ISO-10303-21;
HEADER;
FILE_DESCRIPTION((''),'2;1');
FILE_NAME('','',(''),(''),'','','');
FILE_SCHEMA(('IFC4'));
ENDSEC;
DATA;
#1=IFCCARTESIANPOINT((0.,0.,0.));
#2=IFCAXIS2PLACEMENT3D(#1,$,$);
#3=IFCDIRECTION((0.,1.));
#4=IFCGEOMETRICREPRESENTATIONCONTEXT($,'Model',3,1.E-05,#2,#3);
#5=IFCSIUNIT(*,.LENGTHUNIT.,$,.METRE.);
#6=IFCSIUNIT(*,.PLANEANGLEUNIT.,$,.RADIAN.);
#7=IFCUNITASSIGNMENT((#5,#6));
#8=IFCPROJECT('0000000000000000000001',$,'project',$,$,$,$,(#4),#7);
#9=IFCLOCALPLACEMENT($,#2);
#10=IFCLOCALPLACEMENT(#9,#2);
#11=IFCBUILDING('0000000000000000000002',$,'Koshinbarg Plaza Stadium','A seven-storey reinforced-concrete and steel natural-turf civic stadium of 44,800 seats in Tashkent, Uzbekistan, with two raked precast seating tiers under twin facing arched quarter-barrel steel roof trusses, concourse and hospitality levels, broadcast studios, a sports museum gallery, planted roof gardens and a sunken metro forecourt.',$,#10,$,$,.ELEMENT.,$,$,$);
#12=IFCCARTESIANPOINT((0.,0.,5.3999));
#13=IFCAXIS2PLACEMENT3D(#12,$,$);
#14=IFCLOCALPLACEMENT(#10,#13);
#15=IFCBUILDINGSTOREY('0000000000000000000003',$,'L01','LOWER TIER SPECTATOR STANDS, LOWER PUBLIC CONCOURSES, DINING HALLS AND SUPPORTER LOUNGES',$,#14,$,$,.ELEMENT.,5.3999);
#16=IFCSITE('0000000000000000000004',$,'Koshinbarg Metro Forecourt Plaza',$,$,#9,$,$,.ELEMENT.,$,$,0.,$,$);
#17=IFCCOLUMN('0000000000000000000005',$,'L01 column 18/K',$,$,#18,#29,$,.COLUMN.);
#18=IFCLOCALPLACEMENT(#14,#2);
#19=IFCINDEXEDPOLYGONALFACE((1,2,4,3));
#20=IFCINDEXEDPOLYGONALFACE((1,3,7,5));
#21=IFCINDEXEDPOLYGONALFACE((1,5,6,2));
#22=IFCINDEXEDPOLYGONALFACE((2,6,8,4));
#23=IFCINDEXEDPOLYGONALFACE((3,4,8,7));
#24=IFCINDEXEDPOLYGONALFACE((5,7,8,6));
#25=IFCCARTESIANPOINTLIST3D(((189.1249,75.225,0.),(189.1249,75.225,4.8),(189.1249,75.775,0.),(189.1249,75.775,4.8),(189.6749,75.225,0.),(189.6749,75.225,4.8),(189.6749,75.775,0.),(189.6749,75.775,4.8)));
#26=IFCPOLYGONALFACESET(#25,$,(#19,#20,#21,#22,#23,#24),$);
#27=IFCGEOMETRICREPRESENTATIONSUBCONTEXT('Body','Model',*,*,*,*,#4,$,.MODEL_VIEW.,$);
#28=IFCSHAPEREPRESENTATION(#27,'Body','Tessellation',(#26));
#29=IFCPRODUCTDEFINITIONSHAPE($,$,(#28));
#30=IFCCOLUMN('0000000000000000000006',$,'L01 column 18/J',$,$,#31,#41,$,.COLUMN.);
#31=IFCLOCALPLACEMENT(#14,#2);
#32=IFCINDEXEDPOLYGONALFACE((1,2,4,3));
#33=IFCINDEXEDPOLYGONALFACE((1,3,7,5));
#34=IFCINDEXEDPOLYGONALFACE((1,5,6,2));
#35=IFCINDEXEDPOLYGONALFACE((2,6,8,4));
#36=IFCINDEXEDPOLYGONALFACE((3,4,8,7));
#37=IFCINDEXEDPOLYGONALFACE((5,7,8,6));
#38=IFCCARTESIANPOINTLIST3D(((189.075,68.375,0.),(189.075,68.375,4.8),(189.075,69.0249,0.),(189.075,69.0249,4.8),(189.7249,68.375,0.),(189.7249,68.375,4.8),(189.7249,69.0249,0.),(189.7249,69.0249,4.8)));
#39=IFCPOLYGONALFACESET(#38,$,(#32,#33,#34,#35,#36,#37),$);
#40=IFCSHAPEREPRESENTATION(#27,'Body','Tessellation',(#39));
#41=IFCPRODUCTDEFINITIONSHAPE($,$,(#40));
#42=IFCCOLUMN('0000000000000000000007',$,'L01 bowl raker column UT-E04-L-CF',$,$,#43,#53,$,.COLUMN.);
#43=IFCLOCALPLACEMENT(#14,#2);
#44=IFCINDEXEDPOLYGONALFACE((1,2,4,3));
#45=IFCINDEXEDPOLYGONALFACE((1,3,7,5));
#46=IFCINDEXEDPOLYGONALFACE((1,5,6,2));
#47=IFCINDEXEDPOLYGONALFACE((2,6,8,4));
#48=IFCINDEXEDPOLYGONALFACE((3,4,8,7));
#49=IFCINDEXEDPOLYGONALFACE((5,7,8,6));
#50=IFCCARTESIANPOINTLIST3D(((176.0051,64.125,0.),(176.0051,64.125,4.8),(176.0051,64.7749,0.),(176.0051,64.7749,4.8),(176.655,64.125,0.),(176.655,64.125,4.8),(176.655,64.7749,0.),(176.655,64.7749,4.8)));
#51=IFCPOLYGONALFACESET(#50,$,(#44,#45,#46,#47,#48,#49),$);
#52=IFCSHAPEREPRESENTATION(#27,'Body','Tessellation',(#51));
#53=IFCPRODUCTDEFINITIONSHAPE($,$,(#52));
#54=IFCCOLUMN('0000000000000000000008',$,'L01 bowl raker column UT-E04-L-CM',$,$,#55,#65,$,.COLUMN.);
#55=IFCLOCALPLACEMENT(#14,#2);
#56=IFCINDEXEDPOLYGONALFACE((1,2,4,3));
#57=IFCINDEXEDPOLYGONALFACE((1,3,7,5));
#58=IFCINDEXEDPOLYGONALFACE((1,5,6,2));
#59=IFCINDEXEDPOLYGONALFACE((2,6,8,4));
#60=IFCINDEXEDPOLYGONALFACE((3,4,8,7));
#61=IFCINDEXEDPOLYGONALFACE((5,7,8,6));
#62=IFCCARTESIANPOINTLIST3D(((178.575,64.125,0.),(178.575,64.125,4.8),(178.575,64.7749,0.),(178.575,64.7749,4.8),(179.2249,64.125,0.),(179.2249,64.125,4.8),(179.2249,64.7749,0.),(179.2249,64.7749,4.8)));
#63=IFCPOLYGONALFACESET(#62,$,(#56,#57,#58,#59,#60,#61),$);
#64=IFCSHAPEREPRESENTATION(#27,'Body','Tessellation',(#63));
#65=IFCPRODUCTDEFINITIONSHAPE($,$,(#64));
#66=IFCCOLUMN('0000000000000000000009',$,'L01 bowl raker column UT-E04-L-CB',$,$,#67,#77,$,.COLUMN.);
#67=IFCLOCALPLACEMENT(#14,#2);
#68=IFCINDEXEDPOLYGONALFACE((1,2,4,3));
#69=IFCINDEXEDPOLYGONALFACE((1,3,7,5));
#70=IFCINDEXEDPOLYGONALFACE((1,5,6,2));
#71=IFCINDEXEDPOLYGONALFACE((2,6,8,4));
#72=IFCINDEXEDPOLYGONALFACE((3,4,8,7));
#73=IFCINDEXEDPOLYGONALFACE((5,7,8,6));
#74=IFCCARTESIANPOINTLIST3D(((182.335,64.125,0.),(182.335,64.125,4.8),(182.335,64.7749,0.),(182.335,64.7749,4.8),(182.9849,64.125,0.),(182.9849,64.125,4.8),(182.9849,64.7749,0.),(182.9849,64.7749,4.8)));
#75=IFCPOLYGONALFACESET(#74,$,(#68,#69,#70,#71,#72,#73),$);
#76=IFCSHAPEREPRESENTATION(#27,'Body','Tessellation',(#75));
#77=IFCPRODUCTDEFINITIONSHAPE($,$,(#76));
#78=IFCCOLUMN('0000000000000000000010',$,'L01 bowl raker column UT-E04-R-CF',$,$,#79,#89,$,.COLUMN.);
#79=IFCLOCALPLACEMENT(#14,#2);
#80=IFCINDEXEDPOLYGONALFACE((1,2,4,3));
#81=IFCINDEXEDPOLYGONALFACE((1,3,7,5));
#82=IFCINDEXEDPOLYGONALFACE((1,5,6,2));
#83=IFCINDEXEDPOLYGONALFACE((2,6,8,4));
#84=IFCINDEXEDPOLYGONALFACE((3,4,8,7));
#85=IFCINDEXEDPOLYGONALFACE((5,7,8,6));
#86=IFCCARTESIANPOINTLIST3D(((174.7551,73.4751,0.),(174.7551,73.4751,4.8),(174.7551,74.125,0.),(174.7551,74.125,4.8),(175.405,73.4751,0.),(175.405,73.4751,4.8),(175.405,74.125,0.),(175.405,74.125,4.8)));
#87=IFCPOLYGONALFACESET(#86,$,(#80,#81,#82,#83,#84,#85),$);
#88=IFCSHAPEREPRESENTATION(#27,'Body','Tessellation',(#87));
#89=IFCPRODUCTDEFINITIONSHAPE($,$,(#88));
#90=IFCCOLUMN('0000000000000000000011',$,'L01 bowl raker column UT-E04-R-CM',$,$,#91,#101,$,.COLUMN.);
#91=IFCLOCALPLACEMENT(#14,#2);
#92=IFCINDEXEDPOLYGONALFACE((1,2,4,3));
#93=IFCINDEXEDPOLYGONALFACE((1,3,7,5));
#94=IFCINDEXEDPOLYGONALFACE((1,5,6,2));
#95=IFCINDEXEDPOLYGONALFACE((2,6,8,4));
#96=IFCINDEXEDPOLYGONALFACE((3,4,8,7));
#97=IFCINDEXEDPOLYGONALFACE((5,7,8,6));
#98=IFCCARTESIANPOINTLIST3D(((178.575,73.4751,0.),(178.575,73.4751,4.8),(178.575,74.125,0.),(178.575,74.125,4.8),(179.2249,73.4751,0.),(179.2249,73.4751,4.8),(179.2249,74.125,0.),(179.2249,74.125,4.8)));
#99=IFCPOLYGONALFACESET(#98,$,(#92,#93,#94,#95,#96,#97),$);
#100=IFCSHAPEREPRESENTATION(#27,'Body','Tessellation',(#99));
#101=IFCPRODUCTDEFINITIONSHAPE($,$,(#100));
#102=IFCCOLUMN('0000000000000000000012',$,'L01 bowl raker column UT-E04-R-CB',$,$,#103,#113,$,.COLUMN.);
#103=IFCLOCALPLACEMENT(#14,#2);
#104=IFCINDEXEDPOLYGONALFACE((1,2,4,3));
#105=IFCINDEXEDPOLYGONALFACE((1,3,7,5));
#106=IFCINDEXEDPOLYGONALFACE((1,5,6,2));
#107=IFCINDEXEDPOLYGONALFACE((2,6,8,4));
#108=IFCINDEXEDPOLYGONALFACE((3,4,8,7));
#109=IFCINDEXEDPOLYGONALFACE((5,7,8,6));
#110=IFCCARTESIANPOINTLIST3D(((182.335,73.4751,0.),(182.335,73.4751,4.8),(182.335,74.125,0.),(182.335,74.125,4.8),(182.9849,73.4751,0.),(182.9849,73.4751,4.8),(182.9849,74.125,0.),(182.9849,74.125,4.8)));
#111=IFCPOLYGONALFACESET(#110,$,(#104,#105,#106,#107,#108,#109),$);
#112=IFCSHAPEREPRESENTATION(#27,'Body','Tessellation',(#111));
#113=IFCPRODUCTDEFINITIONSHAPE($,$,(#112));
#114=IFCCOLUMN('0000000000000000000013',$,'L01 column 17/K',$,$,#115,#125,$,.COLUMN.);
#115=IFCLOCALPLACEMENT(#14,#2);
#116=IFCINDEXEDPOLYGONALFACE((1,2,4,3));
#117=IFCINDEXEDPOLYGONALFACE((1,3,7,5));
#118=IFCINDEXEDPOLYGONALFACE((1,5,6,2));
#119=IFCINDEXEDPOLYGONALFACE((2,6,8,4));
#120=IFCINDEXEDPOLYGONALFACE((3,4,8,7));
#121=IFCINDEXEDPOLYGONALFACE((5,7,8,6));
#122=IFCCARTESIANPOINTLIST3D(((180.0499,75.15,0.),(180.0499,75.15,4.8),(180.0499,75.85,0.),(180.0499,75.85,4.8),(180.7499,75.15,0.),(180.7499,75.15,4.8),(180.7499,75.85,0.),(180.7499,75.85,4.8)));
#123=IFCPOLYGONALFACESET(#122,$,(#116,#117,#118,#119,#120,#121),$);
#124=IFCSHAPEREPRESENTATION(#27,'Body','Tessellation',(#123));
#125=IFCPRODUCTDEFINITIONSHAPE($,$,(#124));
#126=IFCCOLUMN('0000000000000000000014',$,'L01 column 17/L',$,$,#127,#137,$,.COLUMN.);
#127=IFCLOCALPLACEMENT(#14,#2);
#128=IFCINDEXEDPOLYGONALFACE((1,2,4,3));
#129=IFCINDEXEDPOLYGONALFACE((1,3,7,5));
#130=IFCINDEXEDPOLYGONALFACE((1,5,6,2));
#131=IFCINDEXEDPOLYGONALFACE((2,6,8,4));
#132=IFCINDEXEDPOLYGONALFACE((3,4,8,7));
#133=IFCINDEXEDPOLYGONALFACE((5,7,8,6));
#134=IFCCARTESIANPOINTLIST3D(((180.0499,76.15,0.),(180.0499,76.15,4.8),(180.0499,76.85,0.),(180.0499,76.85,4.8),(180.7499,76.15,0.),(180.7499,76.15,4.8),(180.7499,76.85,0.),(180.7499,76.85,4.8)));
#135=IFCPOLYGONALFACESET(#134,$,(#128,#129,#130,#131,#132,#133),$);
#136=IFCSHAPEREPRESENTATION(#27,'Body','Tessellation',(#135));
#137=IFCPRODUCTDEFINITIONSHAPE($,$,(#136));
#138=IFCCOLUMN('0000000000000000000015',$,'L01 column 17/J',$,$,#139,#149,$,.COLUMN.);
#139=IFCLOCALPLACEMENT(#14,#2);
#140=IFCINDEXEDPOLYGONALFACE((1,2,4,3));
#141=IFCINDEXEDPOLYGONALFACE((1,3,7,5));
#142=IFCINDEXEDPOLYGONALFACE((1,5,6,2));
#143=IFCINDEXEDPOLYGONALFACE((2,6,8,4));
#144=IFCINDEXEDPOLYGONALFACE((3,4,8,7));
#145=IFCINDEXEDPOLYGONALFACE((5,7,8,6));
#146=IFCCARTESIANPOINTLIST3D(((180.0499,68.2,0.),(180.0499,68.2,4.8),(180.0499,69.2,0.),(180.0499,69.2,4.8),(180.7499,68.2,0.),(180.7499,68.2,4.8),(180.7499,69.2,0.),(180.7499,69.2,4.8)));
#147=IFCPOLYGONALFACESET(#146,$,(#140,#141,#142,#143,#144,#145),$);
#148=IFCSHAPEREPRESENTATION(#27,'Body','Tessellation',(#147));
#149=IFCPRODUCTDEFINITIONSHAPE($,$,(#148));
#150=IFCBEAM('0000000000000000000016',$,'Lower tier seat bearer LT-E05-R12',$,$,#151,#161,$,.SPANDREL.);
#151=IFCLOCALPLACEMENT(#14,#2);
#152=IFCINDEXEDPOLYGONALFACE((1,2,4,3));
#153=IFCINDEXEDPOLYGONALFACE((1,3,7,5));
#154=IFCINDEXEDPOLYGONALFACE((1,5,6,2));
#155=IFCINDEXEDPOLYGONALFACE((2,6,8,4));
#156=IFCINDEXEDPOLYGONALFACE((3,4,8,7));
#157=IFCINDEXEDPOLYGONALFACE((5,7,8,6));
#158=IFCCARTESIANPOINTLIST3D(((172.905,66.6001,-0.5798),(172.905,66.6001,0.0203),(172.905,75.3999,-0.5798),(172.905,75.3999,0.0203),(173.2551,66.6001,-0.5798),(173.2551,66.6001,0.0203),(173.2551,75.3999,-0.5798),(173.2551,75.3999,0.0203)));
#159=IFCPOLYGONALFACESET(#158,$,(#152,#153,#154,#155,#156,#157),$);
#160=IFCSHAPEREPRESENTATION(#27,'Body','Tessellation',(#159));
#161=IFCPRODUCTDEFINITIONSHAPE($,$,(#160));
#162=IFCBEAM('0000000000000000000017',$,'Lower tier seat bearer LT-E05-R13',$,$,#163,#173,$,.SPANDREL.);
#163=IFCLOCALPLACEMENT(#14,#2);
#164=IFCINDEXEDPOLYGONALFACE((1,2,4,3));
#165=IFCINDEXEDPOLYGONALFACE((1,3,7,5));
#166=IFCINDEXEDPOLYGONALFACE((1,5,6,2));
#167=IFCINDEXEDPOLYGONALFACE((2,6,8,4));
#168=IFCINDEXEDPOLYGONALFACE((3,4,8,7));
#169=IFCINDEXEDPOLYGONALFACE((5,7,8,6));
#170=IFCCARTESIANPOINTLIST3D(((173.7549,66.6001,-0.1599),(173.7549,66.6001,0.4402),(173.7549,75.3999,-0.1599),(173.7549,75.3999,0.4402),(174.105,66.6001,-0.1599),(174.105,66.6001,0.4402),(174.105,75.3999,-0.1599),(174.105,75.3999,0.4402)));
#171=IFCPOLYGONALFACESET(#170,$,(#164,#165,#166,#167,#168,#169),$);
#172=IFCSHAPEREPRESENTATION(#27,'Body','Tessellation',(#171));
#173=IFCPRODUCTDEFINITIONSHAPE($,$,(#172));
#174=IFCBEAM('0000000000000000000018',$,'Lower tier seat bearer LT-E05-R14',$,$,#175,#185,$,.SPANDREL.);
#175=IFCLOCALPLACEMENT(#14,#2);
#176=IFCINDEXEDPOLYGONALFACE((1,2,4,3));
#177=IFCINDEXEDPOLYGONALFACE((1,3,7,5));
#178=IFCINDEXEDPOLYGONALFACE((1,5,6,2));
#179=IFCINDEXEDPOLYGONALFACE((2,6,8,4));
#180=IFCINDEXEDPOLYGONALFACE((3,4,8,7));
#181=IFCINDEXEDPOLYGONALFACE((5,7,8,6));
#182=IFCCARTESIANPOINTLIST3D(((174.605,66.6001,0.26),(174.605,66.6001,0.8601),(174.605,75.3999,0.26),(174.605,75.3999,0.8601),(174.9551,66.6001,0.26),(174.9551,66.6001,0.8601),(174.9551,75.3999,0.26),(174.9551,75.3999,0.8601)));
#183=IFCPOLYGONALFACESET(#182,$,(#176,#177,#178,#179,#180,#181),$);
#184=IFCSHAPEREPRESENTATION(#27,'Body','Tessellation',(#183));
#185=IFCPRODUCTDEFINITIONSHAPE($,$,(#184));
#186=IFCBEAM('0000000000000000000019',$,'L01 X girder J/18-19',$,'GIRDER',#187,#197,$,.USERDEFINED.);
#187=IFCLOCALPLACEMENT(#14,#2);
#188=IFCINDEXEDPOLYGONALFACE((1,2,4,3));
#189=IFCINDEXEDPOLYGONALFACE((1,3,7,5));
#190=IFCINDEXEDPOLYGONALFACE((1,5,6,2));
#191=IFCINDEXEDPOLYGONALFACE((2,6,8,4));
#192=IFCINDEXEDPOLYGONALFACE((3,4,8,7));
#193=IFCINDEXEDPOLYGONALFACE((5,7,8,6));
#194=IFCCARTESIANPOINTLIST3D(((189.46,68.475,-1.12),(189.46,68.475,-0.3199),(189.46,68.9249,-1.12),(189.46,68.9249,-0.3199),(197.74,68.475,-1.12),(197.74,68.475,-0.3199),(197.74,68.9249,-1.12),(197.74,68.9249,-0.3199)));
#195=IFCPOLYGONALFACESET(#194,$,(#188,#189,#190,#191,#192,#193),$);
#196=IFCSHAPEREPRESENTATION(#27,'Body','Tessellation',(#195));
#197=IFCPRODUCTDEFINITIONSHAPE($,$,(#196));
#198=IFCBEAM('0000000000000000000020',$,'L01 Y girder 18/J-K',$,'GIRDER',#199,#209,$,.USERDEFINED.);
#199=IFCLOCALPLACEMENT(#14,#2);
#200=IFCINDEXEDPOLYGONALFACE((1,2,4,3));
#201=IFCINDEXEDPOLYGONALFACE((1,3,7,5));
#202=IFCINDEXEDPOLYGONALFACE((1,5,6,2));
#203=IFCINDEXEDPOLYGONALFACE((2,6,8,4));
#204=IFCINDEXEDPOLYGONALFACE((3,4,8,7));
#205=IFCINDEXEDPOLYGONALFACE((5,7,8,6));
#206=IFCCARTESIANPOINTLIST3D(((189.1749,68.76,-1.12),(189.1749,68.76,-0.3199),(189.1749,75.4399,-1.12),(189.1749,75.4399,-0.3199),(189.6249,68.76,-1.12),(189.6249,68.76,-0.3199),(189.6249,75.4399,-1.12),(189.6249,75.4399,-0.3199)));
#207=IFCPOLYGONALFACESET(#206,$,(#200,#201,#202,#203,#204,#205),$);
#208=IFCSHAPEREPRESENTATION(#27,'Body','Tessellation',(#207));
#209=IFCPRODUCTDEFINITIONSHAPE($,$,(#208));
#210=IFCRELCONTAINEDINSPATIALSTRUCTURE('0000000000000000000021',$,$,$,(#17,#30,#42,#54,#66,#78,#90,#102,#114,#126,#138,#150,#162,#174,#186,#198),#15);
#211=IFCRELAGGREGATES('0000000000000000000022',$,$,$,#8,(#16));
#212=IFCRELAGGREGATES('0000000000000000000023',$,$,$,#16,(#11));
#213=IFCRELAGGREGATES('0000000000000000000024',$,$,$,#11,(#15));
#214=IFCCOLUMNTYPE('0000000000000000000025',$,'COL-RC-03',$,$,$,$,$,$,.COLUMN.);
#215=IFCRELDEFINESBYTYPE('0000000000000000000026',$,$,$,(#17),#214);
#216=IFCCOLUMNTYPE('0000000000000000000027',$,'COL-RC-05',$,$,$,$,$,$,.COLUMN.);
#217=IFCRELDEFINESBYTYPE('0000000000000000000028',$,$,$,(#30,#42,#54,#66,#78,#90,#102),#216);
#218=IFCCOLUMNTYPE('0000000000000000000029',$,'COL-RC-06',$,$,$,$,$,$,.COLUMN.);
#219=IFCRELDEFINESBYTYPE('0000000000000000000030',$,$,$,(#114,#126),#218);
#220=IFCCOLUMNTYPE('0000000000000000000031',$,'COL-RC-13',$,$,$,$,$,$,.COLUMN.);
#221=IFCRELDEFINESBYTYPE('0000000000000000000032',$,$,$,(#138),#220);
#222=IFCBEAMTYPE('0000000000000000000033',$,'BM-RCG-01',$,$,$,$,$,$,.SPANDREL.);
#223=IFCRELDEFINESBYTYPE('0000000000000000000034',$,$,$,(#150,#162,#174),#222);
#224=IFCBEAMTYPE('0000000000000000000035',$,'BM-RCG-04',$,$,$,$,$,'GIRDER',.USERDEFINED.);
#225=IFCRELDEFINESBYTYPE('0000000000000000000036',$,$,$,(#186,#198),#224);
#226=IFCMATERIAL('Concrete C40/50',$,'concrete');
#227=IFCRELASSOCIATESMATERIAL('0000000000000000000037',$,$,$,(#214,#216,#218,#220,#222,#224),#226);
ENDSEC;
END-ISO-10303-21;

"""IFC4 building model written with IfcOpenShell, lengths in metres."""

from ifc_helpers import new_model, si_unit, direction, frame, origin, origin_2d, place, context, subcontext, project, spatial, rectangle, extrude, material, material_profile, profile_set, type_object, element, save


model = new_model("IFC4")

# Units and contexts
model_context = context("Model", 3, precision=1e-05, world=origin(), true_north=direction((0.0, 1.0)))
body_context = subcontext(model_context, "Body", "Model", "MODEL_VIEW")
ifc_project = project(units=[si_unit("LENGTHUNIT", "METRE"), si_unit("PLANEANGLEUNIT", "RADIAN")], contexts=[model_context])

# Site, building, storey
site_placement = place(None, origin())
site = spatial("IfcSite", under=ifc_project, at=site_placement, Name="Koshinbarg Metro Forecourt Plaza", CompositionType="ELEMENT", RefElevation=0.0)
building_placement = place(site_placement, origin())
building = spatial("IfcBuilding", under=site, at=building_placement, Name="Koshinbarg Plaza Stadium", Description="A seven-storey reinforced-concrete and steel natural-turf civic stadium of 44,800 seats in Tashkent, Uzbekistan, with two raked precast seating tiers under twin facing arched quarter-barrel steel roof trusses, concourse and hospitality levels, broadcast studios, a sports museum gallery, planted roof gardens and a sunken metro forecourt.", CompositionType="ELEMENT")
storey_placement = place(building_placement, frame((0.0, 0.0, 5.3999)))
storey = spatial("IfcBuildingStorey", under=building, at=storey_placement, Name="L01", Description="LOWER TIER SPECTATOR STANDS, LOWER PUBLIC CONCOURSES, DINING HALLS AND SUPPORTER LOUNGES", CompositionType="ELEMENT", Elevation=5.3999)

# Columns
ifc_material_1 = material(Name="Concrete C40/50", Category="concrete")
ifc_material_profile_1 = material_profile(ifc_material_1, rectangle(XDim=0.55, YDim=0.55, at=origin_2d()), Name="RC 550x550")
ifc_profile_set_1 = profile_set([ifc_material_profile_1], Name="Concrete C40/50")
column_type_1 = type_object("IfcColumnType", Name="COL-RC-03", PredefinedType="COLUMN", material=ifc_profile_set_1)
column_1_placement = place(storey_placement, frame((189.3999, 75.5, 0.0), z_axis=(0.0, 0.0, 1.0), x_axis=(1.0, 0.0, 0.0)))
element("IfcColumn", 1, at=column_1_placement, inside=storey, type_object=column_type_1, Name="L01 column 18/K", PredefinedType="COLUMN", context=body_context, shape_type="SweptSolid", body=[
    extrude(rectangle(XDim=0.55, YDim=0.55, at=origin_2d()), origin(), (0.0, 0.0, 1.0), 4.8),
])
ifc_material_profile_2 = material_profile(ifc_material_1, rectangle(XDim=0.6499, YDim=0.6499, at=origin_2d()), Name="RC 650x650")
ifc_profile_set_2 = profile_set([ifc_material_profile_2], Name="Concrete C40/50")
column_type_2 = type_object("IfcColumnType", Name="COL-RC-05", PredefinedType="COLUMN", material=ifc_profile_set_2)
for number, where, z_axis, x_axis, name in (
    (2, (189.3999, 68.7, 0.0), (0.0, 0.0, 1.0), (1.0, 0.0, 0.0), "L01 column 18/J"),
    (3, (176.3301, 64.45, 0.0), (0.0, 0.0, 1.0), (1.0, 0.0, 0.0), "L01 bowl raker column UT-E04-L-CF"),
    (4, (178.8999, 64.45, 0.0), (0.0, 0.0, 1.0), (1.0, 0.0, 0.0), "L01 bowl raker column UT-E04-L-CM"),
    (5, (182.6599, 64.45, 0.0), (0.0, 0.0, 1.0), (1.0, 0.0, 0.0), "L01 bowl raker column UT-E04-L-CB"),
    (6, (175.0801, 73.8, 0.0), (0.0, 0.0, 1.0), (1.0, 0.0, 0.0), "L01 bowl raker column UT-E04-R-CF"),
    (7, (178.8999, 73.8, 0.0), (0.0, 0.0, 1.0), (1.0, 0.0, 0.0), "L01 bowl raker column UT-E04-R-CM"),
    (8, (182.6599, 73.8, 0.0), (0.0, 0.0, 1.0), (1.0, 0.0, 0.0), "L01 bowl raker column UT-E04-R-CB"),
):
    element("IfcColumn", number, at=place(storey_placement, frame(where, z_axis=z_axis, x_axis=x_axis)), inside=storey, type_object=column_type_2, Name=name, PredefinedType="COLUMN", context=body_context, shape_type="SweptSolid", body=[
        extrude(rectangle(XDim=0.6499, YDim=0.6499, at=origin_2d()), origin(), (0.0, 0.0, 1.0), 4.8),
    ])
ifc_material_profile_3 = material_profile(ifc_material_1, rectangle(XDim=0.7, YDim=0.7, at=origin_2d()), Name="RC 700x700")
ifc_profile_set_3 = profile_set([ifc_material_profile_3], Name="Concrete C40/50")
column_type_3 = type_object("IfcColumnType", Name="COL-RC-06", PredefinedType="COLUMN", material=ifc_profile_set_3)
for number, where, z_axis, x_axis, name in (
    (9, (180.3999, 75.5, 0.0), (0.0, 0.0, 1.0), (1.0, 0.0, 0.0), "L01 column 17/K"),
    (10, (180.3999, 76.5, 0.0), (0.0, 0.0, 1.0), (1.0, 0.0, 0.0), "L01 column 17/L"),
):
    element("IfcColumn", number, at=place(storey_placement, frame(where, z_axis=z_axis, x_axis=x_axis)), inside=storey, type_object=column_type_3, Name=name, PredefinedType="COLUMN", context=body_context, shape_type="SweptSolid", body=[
        extrude(rectangle(XDim=0.7, YDim=0.7, at=origin_2d()), origin(), (0.0, 0.0, 1.0), 4.8),
    ])
ifc_material_profile_4 = material_profile(ifc_material_1, rectangle(XDim=0.7, YDim=1.0, at=origin_2d()), Name="RC 700x1000")
ifc_profile_set_4 = profile_set([ifc_material_profile_4], Name="Concrete C40/50")
column_type_4 = type_object("IfcColumnType", Name="COL-RC-13", PredefinedType="COLUMN", material=ifc_profile_set_4)
column_2_placement = place(storey_placement, frame((180.3999, 68.7, 0.0), z_axis=(0.0, 0.0, 1.0), x_axis=(1.0, 0.0, 0.0)))
element("IfcColumn", 11, at=column_2_placement, inside=storey, type_object=column_type_4, Name="L01 column 17/J", PredefinedType="COLUMN", context=body_context, shape_type="SweptSolid", body=[
    extrude(rectangle(XDim=0.7, YDim=1.0, at=origin_2d()), origin(), (0.0, 0.0, 1.0), 4.8),
])

# Beams
ifc_material_profile_5 = material_profile(ifc_material_1, rectangle(XDim=0.3501, YDim=0.6001, at=origin_2d()), Name="RC 350x600")
ifc_profile_set_5 = profile_set([ifc_material_profile_5], Name="Concrete C40/50")
beam_type_1 = type_object("IfcBeamType", Name="BM-RCG-01", PredefinedType="SPANDREL", material=ifc_profile_set_5)
for number, where, z_axis, x_axis, name in (
    (12, (173.0801, 66.6001, -0.2798), (0.0, 1.0, 0.0), (-1.0, 0.0, 0.0), "Lower tier seat bearer LT-E05-R12"),
    (13, (173.9299, 66.6001, 0.1401), (0.0, 1.0, 0.0), (-1.0, 0.0, 0.0), "Lower tier seat bearer LT-E05-R13"),
    (14, (174.78, 66.6001, 0.5601), (0.0, 1.0, 0.0), (-1.0, 0.0, 0.0), "Lower tier seat bearer LT-E05-R14"),
):
    element("IfcBeam", number, at=place(storey_placement, frame(where, z_axis=z_axis, x_axis=x_axis)), inside=storey, type_object=beam_type_1, Name=name, PredefinedType="SPANDREL", context=body_context, shape_type="SweptSolid", body=[
        extrude(rectangle(XDim=0.3501, YDim=0.6001, at=origin_2d()), origin(), (0.0, 0.0, 1.0), 8.7998),
    ])
ifc_material_profile_6 = material_profile(ifc_material_1, rectangle(XDim=0.45, YDim=0.8, at=origin_2d()), Name="RC 450x800")
ifc_profile_set_6 = profile_set([ifc_material_profile_6], Name="Concrete C40/50")
beam_type_2 = type_object("IfcBeamType", Name="BM-RCG-04", ElementType="GIRDER", PredefinedType="USERDEFINED", material=ifc_profile_set_6)
beam_1_placement = place(storey_placement, frame((189.46, 68.7, -0.72), z_axis=(1.0, 0.0, 0.0), x_axis=(0.0, 1.0, 0.0)))
element("IfcBeam", 15, at=beam_1_placement, inside=storey, type_object=beam_type_2, Name="L01 X girder J/18-19", ObjectType="GIRDER", PredefinedType="USERDEFINED", context=body_context, shape_type="SweptSolid", body=[
    extrude(rectangle(XDim=0.45, YDim=0.8, at=origin_2d()), origin(), (0.0, 0.0, 1.0), 8.28),
])
beam_2_placement = place(storey_placement, frame((189.3999, 68.76, -0.72), z_axis=(0.0, 1.0, 0.0), x_axis=(-1.0, 0.0, 0.0)))
element("IfcBeam", 16, at=beam_2_placement, inside=storey, type_object=beam_type_2, Name="L01 Y girder 18/J-K", ObjectType="GIRDER", PredefinedType="USERDEFINED", context=body_context, shape_type="SweptSolid", body=[
    extrude(rectangle(XDim=0.45, YDim=0.8, at=origin_2d()), origin(), (0.0, 0.0, 1.0), 6.6799),
])

save(model, "model.ifc")
